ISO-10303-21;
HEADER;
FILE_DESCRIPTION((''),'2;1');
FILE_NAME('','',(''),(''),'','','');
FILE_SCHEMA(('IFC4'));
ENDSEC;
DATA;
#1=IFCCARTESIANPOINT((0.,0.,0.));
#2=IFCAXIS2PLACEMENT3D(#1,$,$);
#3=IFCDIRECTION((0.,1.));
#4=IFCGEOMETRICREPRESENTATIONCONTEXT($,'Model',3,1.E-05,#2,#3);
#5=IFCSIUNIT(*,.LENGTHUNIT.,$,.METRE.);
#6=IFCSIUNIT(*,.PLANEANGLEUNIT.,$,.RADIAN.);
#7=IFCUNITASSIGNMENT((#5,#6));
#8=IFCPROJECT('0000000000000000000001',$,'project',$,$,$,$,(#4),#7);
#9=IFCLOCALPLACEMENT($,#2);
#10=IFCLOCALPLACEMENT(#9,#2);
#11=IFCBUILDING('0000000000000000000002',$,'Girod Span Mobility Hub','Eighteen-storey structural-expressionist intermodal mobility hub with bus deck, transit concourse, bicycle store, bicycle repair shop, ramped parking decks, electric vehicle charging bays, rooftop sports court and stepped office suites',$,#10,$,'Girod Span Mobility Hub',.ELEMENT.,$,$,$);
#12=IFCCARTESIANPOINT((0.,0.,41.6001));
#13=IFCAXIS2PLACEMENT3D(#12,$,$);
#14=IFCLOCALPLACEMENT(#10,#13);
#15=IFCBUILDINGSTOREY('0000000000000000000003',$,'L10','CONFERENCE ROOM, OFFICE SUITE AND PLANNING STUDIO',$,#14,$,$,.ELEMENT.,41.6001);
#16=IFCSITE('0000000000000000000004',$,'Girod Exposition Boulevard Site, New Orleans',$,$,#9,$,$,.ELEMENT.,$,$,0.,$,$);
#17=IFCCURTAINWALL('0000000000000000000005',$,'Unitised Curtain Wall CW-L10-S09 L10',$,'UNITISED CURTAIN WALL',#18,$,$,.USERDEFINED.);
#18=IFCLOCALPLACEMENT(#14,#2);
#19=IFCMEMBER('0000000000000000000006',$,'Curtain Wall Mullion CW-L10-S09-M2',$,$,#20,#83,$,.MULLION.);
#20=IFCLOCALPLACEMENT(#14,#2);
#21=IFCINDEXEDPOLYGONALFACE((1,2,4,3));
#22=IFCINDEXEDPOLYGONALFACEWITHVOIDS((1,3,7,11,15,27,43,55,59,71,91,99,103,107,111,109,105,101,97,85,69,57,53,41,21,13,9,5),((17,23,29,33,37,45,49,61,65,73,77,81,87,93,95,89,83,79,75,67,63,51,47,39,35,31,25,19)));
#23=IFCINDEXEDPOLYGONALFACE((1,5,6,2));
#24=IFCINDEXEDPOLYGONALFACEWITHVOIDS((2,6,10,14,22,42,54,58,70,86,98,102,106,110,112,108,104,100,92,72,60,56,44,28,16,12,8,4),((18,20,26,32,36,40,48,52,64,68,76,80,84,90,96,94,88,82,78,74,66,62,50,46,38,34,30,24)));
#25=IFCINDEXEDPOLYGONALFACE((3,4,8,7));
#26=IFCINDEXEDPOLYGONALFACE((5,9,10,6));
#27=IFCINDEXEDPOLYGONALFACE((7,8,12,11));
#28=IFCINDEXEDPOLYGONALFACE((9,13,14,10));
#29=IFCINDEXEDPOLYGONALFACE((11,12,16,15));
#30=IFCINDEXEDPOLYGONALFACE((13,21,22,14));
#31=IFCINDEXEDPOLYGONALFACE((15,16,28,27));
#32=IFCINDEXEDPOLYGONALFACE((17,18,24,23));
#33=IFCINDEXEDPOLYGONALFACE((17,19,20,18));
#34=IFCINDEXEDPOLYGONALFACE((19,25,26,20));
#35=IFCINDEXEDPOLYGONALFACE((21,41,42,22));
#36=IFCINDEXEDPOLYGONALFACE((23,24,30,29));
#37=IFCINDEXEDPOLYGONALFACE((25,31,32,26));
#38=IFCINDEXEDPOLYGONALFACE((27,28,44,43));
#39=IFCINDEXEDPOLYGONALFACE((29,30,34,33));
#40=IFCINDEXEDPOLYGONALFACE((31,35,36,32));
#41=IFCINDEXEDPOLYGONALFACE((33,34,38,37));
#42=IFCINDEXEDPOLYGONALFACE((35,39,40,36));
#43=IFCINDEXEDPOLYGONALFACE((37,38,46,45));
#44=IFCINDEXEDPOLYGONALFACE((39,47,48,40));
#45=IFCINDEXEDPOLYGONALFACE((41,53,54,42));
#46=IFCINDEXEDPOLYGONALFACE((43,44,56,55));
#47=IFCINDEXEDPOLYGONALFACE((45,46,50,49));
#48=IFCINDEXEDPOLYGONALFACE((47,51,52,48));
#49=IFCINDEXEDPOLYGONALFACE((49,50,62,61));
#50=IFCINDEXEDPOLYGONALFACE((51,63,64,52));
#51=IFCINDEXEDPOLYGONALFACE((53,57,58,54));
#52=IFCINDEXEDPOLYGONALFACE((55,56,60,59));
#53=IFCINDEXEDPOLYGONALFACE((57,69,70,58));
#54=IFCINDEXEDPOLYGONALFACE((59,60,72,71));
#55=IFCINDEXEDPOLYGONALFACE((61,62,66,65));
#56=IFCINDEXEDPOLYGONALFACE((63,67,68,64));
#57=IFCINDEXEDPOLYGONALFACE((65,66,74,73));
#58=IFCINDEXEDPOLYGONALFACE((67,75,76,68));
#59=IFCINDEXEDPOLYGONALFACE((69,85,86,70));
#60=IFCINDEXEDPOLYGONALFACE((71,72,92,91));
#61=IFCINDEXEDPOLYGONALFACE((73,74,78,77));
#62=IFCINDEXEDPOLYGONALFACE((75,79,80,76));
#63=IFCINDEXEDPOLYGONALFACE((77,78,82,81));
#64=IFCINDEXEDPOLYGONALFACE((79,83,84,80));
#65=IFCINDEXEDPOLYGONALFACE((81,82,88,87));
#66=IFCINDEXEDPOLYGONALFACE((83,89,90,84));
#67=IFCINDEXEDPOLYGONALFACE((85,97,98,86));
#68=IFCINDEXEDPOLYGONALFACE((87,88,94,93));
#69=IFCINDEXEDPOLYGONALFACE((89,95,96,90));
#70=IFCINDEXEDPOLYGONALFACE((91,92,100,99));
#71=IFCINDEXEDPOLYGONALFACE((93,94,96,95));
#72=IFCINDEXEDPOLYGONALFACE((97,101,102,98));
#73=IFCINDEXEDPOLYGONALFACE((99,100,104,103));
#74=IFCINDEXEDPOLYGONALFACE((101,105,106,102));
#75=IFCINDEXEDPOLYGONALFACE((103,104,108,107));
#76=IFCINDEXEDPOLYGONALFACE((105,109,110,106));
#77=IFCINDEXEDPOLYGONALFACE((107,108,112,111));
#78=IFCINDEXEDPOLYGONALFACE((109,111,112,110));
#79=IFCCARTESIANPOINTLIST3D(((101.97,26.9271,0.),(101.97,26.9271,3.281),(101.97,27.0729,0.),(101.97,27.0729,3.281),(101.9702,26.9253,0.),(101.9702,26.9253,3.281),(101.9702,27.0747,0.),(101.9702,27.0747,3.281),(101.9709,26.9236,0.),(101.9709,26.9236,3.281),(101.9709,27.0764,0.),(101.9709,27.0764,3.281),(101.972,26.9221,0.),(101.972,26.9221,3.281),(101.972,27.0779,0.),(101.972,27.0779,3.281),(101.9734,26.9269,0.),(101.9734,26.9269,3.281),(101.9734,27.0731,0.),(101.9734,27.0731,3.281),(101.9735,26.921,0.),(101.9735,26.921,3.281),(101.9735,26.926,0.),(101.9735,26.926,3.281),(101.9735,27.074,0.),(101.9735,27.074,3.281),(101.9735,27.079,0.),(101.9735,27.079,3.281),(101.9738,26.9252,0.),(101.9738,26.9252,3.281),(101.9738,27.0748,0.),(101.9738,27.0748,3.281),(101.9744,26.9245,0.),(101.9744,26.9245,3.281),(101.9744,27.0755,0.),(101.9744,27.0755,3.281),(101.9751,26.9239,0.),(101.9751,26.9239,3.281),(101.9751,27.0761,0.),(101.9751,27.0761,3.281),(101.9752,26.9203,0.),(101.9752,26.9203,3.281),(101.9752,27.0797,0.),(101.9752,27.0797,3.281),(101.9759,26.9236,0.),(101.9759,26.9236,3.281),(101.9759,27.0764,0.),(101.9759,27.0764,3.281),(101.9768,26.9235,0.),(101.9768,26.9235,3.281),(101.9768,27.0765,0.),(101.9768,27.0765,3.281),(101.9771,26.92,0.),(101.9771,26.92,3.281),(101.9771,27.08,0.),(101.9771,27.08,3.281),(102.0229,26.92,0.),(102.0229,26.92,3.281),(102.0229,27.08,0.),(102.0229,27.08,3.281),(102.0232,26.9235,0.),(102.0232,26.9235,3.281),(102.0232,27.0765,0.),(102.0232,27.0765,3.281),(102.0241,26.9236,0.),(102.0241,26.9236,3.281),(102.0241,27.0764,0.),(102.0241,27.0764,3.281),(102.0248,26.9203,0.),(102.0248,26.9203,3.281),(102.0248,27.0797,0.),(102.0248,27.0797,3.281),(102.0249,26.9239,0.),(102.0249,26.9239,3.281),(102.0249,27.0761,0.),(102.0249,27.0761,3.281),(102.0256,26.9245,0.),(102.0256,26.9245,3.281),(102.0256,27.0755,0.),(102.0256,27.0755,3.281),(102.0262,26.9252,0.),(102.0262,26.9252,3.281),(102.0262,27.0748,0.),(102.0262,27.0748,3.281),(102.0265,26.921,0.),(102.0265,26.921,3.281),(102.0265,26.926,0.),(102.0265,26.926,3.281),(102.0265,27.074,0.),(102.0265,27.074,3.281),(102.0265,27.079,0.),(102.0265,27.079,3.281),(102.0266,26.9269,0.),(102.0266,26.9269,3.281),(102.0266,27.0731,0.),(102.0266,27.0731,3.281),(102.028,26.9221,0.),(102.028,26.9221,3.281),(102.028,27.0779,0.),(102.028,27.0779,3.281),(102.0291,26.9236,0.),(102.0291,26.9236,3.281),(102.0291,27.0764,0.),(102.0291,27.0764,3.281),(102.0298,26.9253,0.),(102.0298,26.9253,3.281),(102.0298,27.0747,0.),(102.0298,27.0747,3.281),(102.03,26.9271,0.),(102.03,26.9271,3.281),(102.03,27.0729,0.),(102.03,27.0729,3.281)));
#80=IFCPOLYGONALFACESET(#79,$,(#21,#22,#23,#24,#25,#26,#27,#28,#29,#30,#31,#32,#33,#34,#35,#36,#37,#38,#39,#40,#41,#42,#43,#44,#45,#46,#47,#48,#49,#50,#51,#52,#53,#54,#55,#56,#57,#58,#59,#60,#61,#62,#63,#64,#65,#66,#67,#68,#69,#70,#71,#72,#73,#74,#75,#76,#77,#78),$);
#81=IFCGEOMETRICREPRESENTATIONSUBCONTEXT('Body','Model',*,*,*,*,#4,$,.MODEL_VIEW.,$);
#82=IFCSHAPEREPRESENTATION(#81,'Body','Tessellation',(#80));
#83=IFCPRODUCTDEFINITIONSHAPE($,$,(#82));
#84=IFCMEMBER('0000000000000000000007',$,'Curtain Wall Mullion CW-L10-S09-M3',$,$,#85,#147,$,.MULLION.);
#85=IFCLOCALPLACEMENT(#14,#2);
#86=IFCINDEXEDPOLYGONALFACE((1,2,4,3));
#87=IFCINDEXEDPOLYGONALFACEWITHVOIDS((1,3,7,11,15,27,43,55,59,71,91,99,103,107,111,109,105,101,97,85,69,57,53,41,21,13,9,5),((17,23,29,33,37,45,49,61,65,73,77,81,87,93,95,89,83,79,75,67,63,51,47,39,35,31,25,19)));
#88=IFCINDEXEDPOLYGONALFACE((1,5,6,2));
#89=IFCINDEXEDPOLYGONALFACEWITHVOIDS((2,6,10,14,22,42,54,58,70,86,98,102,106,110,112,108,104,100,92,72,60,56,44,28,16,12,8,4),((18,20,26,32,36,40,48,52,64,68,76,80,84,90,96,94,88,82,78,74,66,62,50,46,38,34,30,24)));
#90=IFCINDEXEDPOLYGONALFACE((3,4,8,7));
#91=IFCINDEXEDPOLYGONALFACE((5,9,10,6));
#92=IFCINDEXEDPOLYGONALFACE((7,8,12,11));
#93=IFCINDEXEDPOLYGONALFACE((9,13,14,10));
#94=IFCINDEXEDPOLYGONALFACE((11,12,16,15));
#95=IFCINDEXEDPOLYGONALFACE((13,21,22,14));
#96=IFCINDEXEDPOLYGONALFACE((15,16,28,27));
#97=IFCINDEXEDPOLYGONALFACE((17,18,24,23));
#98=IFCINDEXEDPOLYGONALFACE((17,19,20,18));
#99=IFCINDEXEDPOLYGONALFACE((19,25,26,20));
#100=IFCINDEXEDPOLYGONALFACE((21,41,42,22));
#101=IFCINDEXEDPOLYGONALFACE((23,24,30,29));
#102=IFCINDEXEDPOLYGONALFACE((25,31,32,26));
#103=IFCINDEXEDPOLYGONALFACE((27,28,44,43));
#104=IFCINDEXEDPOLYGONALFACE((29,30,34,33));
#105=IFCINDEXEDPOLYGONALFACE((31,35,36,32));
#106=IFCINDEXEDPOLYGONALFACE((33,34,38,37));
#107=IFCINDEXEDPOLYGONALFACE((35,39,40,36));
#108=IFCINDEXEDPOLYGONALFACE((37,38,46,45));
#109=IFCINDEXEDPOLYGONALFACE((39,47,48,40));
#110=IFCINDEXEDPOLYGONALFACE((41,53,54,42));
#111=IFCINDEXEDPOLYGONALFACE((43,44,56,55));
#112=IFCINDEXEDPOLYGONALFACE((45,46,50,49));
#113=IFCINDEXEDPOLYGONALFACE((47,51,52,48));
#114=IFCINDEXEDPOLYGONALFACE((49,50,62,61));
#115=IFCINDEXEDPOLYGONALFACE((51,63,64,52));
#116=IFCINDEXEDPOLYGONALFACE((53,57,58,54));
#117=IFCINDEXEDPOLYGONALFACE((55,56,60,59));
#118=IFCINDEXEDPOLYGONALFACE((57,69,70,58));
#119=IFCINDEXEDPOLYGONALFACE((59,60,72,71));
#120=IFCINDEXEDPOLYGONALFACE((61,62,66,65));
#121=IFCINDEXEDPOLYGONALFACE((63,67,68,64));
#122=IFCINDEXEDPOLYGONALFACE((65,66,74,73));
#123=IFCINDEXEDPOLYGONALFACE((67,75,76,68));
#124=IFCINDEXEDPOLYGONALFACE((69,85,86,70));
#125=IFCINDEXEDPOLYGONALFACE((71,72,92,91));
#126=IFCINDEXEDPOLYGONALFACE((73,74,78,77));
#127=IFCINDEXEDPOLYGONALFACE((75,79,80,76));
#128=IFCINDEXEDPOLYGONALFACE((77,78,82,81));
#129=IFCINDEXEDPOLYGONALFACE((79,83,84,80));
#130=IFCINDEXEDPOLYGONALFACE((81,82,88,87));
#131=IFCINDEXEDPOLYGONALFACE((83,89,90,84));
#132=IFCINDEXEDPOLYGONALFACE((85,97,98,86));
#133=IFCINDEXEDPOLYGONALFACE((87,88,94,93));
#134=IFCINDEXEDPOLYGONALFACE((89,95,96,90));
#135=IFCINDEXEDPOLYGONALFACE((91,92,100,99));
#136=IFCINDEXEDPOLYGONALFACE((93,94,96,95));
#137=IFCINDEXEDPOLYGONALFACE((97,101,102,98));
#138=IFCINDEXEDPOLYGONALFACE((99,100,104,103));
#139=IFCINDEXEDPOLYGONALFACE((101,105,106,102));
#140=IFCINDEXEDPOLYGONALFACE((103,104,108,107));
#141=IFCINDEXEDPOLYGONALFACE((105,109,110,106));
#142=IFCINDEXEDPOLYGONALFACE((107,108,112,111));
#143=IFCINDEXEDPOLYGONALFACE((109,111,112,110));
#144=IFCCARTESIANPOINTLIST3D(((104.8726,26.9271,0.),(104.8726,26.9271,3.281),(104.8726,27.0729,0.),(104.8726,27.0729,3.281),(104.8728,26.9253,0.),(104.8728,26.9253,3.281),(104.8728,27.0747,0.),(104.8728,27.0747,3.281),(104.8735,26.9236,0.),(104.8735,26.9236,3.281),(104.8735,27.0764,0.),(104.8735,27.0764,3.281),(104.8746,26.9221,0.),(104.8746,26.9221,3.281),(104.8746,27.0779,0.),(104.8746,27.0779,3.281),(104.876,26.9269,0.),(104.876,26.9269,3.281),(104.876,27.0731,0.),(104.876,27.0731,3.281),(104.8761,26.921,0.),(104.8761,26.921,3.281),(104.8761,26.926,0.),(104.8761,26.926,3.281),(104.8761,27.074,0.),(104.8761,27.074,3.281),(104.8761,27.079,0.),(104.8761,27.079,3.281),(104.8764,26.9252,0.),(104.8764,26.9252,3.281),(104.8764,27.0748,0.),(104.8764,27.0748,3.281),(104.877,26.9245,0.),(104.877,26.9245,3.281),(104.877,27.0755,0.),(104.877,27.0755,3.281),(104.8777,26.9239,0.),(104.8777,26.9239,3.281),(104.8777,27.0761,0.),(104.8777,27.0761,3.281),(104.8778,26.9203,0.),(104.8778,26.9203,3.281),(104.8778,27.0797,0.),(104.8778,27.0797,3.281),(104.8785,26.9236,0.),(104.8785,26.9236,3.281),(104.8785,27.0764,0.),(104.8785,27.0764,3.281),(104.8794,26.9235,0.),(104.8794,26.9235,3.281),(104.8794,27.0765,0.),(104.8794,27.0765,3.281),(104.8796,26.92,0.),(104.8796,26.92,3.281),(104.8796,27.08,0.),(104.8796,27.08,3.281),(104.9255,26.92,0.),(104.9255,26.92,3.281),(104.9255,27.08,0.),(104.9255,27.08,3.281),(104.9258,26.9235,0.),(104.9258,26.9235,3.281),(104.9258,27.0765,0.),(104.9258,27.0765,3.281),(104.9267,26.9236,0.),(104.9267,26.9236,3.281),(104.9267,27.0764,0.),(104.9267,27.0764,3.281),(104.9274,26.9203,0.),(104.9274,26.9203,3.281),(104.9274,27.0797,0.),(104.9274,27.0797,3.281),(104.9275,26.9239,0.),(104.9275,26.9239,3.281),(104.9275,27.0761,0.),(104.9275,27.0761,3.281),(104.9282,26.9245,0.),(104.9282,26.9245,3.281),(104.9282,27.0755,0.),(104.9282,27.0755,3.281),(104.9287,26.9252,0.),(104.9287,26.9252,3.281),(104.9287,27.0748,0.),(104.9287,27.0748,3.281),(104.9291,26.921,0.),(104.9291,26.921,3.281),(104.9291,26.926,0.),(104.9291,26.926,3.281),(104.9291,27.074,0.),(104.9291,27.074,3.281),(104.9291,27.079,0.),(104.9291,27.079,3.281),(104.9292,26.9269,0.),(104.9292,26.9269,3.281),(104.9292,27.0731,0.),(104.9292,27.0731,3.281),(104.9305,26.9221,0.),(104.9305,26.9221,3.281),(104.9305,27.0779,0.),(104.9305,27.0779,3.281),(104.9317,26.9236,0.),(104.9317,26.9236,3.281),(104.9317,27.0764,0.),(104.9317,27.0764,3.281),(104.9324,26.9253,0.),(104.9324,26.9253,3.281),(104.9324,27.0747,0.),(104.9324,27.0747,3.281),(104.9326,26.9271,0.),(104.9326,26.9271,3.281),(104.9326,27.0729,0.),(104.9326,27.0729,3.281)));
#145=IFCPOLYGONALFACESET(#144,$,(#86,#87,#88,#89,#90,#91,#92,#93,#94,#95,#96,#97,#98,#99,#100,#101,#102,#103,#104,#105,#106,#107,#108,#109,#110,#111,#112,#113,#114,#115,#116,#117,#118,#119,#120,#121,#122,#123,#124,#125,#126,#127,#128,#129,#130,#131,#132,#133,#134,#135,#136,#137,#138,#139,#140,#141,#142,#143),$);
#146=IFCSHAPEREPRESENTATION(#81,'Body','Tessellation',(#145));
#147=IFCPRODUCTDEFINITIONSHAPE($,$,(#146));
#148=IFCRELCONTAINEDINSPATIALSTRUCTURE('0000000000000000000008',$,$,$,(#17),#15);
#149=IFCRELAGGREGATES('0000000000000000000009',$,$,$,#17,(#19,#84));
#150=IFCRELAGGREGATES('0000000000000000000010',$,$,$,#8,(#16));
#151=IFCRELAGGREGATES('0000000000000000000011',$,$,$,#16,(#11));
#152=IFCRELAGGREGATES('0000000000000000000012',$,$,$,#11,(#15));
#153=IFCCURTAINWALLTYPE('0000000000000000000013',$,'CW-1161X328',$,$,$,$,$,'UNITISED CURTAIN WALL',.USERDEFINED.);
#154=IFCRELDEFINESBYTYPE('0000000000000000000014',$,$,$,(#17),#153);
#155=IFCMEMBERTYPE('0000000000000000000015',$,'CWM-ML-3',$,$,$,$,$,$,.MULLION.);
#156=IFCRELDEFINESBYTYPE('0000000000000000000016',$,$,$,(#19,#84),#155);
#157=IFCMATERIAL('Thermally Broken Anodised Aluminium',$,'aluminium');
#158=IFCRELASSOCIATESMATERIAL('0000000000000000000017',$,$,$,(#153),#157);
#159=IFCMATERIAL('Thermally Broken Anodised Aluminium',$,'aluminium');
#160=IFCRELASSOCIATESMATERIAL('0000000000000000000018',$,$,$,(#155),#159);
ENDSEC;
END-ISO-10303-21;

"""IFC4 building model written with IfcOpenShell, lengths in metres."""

from ifc_helpers import new_model, si_unit, direction, frame, origin, origin_2d, place, context, subcontext, project, spatial, hollow_rectangle, extrude, material, material_profile, profile_set, type_object, element, aggregate, save


model = new_model("IFC4")

# Units and contexts
model_context = context("Model", 3, precision=1e-05, world=origin(), true_north=direction((0.0, 1.0)))
body_context = subcontext(model_context, "Body", "Model", "MODEL_VIEW")
ifc_project = project(units=[si_unit("LENGTHUNIT", "METRE"), si_unit("PLANEANGLEUNIT", "RADIAN")], contexts=[model_context])

# Site, building, storey
site_placement = place(None, origin())
site = spatial("IfcSite", under=ifc_project, at=site_placement, Name="Girod Exposition Boulevard Site, New Orleans", CompositionType="ELEMENT", RefElevation=0.0)
building_placement = place(site_placement, origin())
building = spatial("IfcBuilding", under=site, at=building_placement, Name="Girod Span Mobility Hub", Description="Eighteen-storey structural-expressionist intermodal mobility hub with bus deck, transit concourse, bicycle store, bicycle repair shop, ramped parking decks, electric vehicle charging bays, rooftop sports court and stepped office suites", LongName="Girod Span Mobility Hub", CompositionType="ELEMENT")
storey_placement = place(building_placement, frame((0.0, 0.0, 41.6001)))
storey = spatial("IfcBuildingStorey", under=building, at=storey_placement, Name="L10", Description="CONFERENCE ROOM, OFFICE SUITE AND PLANNING STUDIO", CompositionType="ELEMENT", Elevation=41.6001)

# Curtain wall, members
ifc_material_1 = material(Name="Thermally Broken Anodised Aluminium", Category="aluminium")
curtain_wall_type = type_object("IfcCurtainWallType", Name="CW-1161X328", ElementType="UNITISED CURTAIN WALL", PredefinedType="USERDEFINED", material=ifc_material_1)
curtain_wall_1_placement = place(storey_placement, origin())
curtain_wall_1 = element("IfcCurtainWall", 1, at=curtain_wall_1_placement, inside=storey, type_object=curtain_wall_type, Name="Unitised Curtain Wall CW-L10-S09 L10", ObjectType="UNITISED CURTAIN WALL", PredefinedType="USERDEFINED")
ifc_material_2 = material(Name="Thermally Broken Anodised Aluminium", Category="aluminium")
ifc_material_profile_1 = material_profile(ifc_material_2, hollow_rectangle(XDim=0.1599, YDim=0.0601, WallThickness=0.0034, InnerFilletRadius=0.0034, OuterFilletRadius=0.0071, at=origin_2d()), Name="CW-ML-60X160")
ifc_profile_set_1 = profile_set([ifc_material_profile_1], Name="Thermally Broken Anodised Aluminium")
member_type_1 = type_object("IfcMemberType", Name="CWM-ML-3", PredefinedType="MULLION", material=ifc_profile_set_1)
member_1_placement = place(storey_placement, frame((102.0, 27.0, 0.0), z_axis=(0.0, 0.0, 1.0), x_axis=(0.0, 1.0, 0.0)))
member_1 = element("IfcMember", 2, at=member_1_placement, type_object=member_type_1, Name="Curtain Wall Mullion CW-L10-S09-M2", PredefinedType="MULLION", context=body_context, shape_type="SweptSolid", body=[
    extrude(hollow_rectangle(XDim=0.1599, YDim=0.0601, WallThickness=0.0034, InnerFilletRadius=0.0034, OuterFilletRadius=0.0071, at=origin_2d()), origin(), (0.0, 0.0, 1.0), 3.281),
])
member_2_placement = place(storey_placement, frame((104.9026, 27.0, 0.0), z_axis=(0.0, 0.0, 1.0), x_axis=(0.0, 1.0, 0.0)))
member_2 = element("IfcMember", 3, at=member_2_placement, type_object=member_type_1, Name="Curtain Wall Mullion CW-L10-S09-M3", PredefinedType="MULLION", context=body_context, shape_type="SweptSolid", body=[
    extrude(hollow_rectangle(XDim=0.1599, YDim=0.0601, WallThickness=0.0034, InnerFilletRadius=0.0034, OuterFilletRadius=0.0071, at=origin_2d()), origin(), (0.0, 0.0, 1.0), 3.281),
])

aggregate(curtain_wall_1, [member_1, member_2])

save(model, "model.ifc")
